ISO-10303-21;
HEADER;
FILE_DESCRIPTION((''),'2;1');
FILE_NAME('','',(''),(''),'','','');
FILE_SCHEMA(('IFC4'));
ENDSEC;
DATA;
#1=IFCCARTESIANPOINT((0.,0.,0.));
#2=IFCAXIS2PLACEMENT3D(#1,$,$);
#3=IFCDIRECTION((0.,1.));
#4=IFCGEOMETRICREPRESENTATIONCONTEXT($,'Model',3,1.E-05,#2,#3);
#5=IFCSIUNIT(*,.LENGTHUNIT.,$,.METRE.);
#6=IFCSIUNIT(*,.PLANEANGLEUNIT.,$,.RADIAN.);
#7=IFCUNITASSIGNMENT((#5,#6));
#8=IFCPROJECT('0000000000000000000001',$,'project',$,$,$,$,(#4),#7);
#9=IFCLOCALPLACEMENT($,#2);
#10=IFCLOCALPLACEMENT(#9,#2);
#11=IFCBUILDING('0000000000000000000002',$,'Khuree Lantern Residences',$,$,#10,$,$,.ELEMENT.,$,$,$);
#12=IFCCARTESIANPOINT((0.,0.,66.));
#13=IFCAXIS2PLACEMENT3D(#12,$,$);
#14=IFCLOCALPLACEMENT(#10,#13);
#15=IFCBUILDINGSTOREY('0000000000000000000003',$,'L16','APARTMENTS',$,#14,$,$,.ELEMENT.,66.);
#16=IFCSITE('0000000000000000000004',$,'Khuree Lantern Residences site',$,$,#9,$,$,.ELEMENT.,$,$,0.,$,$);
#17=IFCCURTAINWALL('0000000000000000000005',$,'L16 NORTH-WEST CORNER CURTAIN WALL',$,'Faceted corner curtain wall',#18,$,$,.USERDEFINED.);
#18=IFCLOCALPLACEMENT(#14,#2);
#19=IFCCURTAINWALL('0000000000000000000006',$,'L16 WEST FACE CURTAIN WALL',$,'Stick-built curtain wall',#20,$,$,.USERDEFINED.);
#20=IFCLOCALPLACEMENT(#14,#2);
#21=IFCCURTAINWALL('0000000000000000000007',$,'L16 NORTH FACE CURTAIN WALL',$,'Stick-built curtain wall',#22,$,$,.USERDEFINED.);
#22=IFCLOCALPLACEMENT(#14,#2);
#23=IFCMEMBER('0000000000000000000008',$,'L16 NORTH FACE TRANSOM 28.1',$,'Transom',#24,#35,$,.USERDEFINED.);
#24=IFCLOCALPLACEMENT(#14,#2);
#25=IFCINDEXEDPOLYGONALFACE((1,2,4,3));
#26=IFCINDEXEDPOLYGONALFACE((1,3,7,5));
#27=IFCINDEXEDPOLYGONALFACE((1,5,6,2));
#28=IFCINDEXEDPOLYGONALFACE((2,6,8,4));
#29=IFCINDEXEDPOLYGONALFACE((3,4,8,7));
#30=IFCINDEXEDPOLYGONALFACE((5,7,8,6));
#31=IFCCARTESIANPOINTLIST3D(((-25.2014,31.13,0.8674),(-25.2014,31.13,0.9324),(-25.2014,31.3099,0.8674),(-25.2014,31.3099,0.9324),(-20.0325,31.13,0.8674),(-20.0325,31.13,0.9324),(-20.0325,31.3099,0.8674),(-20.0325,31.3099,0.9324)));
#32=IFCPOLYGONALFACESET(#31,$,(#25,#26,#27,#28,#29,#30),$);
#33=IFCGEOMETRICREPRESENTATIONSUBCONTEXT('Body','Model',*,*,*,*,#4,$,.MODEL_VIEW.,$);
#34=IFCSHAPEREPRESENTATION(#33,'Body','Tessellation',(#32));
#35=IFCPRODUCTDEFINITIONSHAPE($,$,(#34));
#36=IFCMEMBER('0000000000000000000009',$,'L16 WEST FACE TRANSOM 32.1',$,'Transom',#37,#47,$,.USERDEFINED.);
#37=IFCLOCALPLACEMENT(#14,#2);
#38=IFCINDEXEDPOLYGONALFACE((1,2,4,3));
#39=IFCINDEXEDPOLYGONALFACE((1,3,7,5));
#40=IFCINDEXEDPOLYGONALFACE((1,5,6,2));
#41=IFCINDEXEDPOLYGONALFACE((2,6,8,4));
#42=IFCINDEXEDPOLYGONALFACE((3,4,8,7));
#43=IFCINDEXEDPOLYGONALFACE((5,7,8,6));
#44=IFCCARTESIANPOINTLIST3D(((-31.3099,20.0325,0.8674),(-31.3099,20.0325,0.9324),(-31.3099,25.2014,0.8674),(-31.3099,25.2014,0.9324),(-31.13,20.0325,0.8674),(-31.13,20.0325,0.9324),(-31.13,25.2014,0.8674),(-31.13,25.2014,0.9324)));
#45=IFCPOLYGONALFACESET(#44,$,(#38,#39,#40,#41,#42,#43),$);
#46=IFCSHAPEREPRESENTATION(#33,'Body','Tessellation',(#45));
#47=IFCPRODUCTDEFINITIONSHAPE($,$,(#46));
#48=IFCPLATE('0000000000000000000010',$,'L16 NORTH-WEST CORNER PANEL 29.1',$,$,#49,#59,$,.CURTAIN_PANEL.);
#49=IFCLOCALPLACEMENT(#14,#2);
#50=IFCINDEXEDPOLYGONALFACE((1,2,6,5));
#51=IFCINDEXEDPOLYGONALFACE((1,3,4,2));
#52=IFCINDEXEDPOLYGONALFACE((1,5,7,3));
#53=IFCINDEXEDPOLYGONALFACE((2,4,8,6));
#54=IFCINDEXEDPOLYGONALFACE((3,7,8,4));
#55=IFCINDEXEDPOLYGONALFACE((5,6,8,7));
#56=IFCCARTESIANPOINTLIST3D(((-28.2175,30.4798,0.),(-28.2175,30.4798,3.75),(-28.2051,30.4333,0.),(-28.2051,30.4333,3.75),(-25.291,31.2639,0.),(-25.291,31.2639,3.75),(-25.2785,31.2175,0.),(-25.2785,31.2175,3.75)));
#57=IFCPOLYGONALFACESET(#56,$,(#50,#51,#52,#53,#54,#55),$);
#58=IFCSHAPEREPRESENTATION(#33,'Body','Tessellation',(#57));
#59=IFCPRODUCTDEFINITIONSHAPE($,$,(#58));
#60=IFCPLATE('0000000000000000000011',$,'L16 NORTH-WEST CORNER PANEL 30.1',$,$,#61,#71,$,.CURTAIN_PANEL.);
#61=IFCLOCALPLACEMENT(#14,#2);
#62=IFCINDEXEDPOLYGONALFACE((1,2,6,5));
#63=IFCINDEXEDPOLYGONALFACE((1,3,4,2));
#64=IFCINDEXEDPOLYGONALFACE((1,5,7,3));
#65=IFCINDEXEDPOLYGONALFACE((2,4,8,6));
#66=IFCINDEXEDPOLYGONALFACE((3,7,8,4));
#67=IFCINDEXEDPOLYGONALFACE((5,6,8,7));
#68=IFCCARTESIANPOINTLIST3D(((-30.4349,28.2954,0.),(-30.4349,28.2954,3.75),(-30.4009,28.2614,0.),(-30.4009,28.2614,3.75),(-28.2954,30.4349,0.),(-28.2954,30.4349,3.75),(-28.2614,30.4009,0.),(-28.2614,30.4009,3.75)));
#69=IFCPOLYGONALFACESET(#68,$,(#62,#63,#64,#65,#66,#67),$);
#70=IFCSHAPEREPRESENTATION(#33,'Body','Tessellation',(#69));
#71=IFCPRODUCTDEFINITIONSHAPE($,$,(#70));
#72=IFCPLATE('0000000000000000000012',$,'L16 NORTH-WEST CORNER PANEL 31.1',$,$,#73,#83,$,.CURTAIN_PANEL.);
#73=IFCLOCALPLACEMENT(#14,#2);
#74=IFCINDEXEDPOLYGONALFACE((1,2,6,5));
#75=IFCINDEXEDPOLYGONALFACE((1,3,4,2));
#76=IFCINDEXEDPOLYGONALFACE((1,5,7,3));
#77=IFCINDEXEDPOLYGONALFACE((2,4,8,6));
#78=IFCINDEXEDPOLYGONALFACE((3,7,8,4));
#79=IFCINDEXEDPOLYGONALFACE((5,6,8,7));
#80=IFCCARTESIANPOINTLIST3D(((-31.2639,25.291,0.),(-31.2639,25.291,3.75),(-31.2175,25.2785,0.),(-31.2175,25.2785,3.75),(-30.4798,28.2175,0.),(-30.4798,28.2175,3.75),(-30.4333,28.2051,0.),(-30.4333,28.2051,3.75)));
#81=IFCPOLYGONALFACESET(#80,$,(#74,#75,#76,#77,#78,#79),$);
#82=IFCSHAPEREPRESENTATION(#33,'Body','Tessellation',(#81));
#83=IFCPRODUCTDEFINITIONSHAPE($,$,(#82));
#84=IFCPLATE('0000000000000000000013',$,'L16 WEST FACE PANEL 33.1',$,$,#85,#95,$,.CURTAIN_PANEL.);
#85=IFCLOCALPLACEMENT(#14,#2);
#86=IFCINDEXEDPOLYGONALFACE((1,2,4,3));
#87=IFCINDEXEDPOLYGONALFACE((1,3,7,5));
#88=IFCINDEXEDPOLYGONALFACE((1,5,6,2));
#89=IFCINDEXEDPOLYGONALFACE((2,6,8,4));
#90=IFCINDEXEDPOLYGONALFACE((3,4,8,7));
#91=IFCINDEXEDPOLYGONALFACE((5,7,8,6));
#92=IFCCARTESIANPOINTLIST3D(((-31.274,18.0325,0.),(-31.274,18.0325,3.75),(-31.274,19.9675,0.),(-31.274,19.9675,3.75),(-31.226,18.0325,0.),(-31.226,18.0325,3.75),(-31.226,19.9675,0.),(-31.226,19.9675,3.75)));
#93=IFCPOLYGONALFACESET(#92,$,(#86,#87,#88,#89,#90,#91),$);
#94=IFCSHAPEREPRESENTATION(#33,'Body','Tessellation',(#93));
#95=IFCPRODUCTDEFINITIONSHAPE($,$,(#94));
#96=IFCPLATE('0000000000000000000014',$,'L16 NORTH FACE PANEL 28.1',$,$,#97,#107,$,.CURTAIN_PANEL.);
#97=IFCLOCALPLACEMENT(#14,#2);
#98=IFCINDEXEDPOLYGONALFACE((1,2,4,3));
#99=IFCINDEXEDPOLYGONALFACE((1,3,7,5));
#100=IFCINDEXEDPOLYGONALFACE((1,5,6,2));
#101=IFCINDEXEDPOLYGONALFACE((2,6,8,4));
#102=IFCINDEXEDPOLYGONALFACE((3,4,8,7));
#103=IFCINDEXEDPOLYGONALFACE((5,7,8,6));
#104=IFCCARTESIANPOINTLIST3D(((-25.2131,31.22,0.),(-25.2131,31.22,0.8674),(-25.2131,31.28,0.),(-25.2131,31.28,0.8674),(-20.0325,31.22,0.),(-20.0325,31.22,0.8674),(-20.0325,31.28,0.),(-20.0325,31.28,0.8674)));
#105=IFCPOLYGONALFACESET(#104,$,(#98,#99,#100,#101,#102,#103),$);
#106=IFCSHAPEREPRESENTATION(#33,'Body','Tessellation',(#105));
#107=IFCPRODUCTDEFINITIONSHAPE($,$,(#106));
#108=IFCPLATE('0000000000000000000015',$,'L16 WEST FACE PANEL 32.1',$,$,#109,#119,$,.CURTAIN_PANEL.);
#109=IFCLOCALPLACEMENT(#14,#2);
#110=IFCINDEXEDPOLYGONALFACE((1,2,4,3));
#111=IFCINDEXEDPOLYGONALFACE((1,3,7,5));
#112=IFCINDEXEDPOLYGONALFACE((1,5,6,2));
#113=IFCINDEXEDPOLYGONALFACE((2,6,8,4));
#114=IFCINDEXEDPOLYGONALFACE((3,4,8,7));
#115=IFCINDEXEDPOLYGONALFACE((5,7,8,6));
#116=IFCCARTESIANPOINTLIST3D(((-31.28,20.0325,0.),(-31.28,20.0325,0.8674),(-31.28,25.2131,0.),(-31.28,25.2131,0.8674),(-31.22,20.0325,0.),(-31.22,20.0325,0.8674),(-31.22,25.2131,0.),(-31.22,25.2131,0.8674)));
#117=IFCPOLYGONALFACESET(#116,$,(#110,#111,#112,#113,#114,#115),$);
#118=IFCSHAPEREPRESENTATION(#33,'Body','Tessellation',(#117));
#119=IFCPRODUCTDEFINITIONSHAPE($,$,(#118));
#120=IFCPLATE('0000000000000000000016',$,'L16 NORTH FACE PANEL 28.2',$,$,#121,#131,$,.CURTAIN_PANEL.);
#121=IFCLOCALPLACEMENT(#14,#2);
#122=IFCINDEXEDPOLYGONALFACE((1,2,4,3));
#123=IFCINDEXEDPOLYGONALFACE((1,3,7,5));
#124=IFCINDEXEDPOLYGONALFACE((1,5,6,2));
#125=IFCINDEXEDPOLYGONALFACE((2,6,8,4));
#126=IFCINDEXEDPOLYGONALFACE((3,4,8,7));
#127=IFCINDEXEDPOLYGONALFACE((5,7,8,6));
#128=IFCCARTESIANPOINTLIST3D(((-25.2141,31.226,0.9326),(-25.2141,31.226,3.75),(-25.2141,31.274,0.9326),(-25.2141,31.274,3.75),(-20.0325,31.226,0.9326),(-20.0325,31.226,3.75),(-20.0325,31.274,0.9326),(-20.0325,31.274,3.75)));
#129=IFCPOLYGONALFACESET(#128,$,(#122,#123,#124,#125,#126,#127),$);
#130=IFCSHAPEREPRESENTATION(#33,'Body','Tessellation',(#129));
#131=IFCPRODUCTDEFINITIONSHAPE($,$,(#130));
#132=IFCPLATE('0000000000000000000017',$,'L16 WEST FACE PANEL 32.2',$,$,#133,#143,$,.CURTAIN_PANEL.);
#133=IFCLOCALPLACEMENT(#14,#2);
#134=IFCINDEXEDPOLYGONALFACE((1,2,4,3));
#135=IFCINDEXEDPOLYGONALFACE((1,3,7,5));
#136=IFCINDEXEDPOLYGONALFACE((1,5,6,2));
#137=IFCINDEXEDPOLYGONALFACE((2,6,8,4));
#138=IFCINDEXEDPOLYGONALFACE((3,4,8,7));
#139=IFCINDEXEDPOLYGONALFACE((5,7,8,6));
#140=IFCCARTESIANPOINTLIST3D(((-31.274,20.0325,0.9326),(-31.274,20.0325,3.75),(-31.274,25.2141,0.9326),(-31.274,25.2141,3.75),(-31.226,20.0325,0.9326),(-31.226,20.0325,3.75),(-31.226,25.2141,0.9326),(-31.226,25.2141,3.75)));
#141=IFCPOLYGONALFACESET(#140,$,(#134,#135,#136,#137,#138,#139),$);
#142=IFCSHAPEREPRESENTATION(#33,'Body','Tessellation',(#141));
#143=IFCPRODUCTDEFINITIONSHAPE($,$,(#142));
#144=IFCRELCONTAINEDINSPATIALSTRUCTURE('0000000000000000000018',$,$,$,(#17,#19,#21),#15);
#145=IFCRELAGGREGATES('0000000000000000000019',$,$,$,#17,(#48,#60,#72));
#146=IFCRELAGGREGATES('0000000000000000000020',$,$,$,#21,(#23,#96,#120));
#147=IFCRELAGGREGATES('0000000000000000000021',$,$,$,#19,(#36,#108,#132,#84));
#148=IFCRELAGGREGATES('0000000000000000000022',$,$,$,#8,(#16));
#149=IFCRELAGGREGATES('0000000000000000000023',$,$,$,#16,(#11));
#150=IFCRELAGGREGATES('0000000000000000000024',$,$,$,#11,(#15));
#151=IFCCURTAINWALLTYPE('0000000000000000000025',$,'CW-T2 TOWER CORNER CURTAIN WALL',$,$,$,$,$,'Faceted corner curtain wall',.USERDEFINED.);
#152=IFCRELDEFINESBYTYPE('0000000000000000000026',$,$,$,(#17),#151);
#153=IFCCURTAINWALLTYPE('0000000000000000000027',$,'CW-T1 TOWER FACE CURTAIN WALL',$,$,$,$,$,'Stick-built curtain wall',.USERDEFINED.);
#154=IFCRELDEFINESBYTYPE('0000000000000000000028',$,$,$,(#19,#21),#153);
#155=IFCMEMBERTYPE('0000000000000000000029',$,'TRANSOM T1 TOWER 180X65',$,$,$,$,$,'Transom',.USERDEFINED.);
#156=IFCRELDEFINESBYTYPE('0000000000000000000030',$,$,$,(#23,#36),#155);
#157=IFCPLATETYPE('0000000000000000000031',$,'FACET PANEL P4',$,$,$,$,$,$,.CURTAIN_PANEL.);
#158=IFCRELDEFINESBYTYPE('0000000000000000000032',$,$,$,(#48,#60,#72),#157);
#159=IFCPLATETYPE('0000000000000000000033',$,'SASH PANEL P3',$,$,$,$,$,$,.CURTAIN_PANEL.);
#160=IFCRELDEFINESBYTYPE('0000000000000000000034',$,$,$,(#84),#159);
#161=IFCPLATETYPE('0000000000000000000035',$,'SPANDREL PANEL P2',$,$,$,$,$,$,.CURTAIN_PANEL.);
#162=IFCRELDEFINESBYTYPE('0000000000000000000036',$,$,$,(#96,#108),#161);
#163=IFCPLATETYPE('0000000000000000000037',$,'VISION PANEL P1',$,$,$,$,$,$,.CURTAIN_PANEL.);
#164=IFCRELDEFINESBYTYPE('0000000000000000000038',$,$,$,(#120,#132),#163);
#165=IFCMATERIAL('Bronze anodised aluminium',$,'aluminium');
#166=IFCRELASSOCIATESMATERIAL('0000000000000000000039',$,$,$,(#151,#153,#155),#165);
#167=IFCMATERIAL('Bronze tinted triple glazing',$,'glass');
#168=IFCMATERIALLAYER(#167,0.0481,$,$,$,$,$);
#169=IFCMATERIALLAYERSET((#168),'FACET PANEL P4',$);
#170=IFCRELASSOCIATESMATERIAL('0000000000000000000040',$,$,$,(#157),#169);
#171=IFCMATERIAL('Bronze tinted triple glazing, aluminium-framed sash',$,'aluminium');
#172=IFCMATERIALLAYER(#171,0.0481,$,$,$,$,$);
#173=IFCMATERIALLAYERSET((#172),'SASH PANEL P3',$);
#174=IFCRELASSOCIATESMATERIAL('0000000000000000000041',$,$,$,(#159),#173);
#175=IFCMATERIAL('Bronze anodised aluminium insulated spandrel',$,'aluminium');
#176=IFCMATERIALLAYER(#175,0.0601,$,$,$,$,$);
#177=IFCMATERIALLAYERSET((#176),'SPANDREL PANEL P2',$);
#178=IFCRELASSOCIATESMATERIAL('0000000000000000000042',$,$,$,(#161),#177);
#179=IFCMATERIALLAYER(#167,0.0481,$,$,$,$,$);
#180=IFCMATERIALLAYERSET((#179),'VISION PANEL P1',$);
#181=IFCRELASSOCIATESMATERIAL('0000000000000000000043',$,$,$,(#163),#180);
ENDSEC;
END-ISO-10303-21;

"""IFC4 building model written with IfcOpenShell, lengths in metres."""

from ifc_helpers import new_model, si_unit, direction, frame, origin, origin_2d, place, context, subcontext, project, spatial, rectangle, extrude, material, layer, layer_set, material_profile, profile_set, type_object, element, aggregate, save


model = new_model("IFC4")

# Units and contexts
model_context = context("Model", 3, precision=1e-05, world=origin(), true_north=direction((0.0, 1.0)))
body_context = subcontext(model_context, "Body", "Model", "MODEL_VIEW")
ifc_project = project(units=[si_unit("LENGTHUNIT", "METRE"), si_unit("PLANEANGLEUNIT", "RADIAN")], contexts=[model_context])

# Site, building, storey
site_placement = place(None, origin())
site = spatial("IfcSite", under=ifc_project, at=site_placement, Name="Khuree Lantern Residences site", CompositionType="ELEMENT", RefElevation=0.0)
building_placement = place(site_placement, origin())
building = spatial("IfcBuilding", under=site, at=building_placement, Name="Khuree Lantern Residences", CompositionType="ELEMENT")
storey_placement = place(building_placement, frame((0.0, 0.0, 66.0)))
storey = spatial("IfcBuildingStorey", under=building, at=storey_placement, Name="L16", Description="APARTMENTS", CompositionType="ELEMENT", Elevation=66.0)

# Curtain walls
ifc_material_1 = material(Name="Bronze anodised aluminium", Category="aluminium")
curtain_wall_type_1 = type_object("IfcCurtainWallType", Name="CW-T2 TOWER CORNER CURTAIN WALL", ElementType="Faceted corner curtain wall", PredefinedType="USERDEFINED", material=ifc_material_1)
curtain_wall_1_placement = place(storey_placement, origin())
curtain_wall_1 = element("IfcCurtainWall", 1, at=curtain_wall_1_placement, inside=storey, type_object=curtain_wall_type_1, Name="L16 NORTH-WEST CORNER CURTAIN WALL", ObjectType="Faceted corner curtain wall", PredefinedType="USERDEFINED")
curtain_wall_type_2 = type_object("IfcCurtainWallType", Name="CW-T1 TOWER FACE CURTAIN WALL", ElementType="Stick-built curtain wall", PredefinedType="USERDEFINED", material=ifc_material_1)
curtain_wall_2_placement = place(storey_placement, origin())
curtain_wall_2 = element("IfcCurtainWall", 2, at=curtain_wall_2_placement, inside=storey, type_object=curtain_wall_type_2, Name="L16 WEST FACE CURTAIN WALL", ObjectType="Stick-built curtain wall", PredefinedType="USERDEFINED")

# Curtain wall, member
curtain_wall_3_placement = place(storey_placement, origin())
curtain_wall_3 = element("IfcCurtainWall", 3, at=curtain_wall_3_placement, inside=storey, type_object=curtain_wall_type_2, Name="L16 NORTH FACE CURTAIN WALL", ObjectType="Stick-built curtain wall", PredefinedType="USERDEFINED")
ifc_material_profile_1 = material_profile(ifc_material_1, rectangle(XDim=0.1799, YDim=0.0649, at=origin_2d()), Name="T1 180X65")
ifc_profile_set_1 = profile_set([ifc_material_profile_1], Name="Bronze anodised aluminium")
member_type_1 = type_object("IfcMemberType", Name="TRANSOM T1 TOWER 180X65", ElementType="Transom", PredefinedType="USERDEFINED", material=ifc_profile_set_1)
member_1_placement = place(storey_placement, frame((-20.0325, 31.22, 0.8999), z_axis=(-1.0, 0.0, 0.0), x_axis=(0.0, -1.0, 0.0)))
member_1 = element("IfcMember", 4, at=member_1_placement, type_object=member_type_1, Name="L16 NORTH FACE TRANSOM 28.1", ObjectType="Transom", PredefinedType="USERDEFINED", context=body_context, shape_type="SweptSolid", body=[
    extrude(rectangle(XDim=0.1799, YDim=0.0649, at=origin_2d()), origin(), (0.0, 0.0, 1.0), 5.1689),
])

# Member
member_2_placement = place(storey_placement, frame((-31.22, 25.2014, 0.8999), z_axis=(0.0, -1.0, 0.0), x_axis=(1.0, 0.0, 0.0)))
member_2 = element("IfcMember", 5, at=member_2_placement, type_object=member_type_1, Name="L16 WEST FACE TRANSOM 32.1", ObjectType="Transom", PredefinedType="USERDEFINED", context=body_context, shape_type="SweptSolid", body=[
    extrude(rectangle(XDim=0.1799, YDim=0.0649, at=origin_2d()), origin(), (0.0, 0.0, 1.0), 5.1689),
])

# Plates
ifc_material_2 = material(Name="Bronze tinted triple glazing", Category="glass")
ifc_layer_1 = layer(ifc_material_2, 0.0481)
ifc_layer_set_1 = layer_set([ifc_layer_1], Name="FACET PANEL P4")
plate_type_1 = type_object("IfcPlateType", Name="FACET PANEL P4", PredefinedType="CURTAIN_PANEL", material=ifc_layer_set_1)
plate_1_placement = place(storey_placement, frame((-26.748, 30.8486, 0.0), z_axis=(0.0, 0.0, 1.0), x_axis=(-0.965926, -0.258819, 0.0)))
plate_1 = element("IfcPlate", 6, at=plate_1_placement, type_object=plate_type_1, Name="L16 NORTH-WEST CORNER PANEL 29.1", PredefinedType="CURTAIN_PANEL", context=body_context, shape_type="SweptSolid", body=[
    extrude(rectangle(XDim=3.0298, YDim=0.0481, at=origin_2d()), origin(), (0.0, 0.0, 1.0), 3.75),
])
plate_2_placement = place(storey_placement, frame((-29.3481, 29.3481, 0.0), z_axis=(0.0, 0.0, 1.0), x_axis=(-0.707107, -0.707107, 0.0)))
plate_2 = element("IfcPlate", 7, at=plate_2_placement, type_object=plate_type_1, Name="L16 NORTH-WEST CORNER PANEL 30.1", PredefinedType="CURTAIN_PANEL", context=body_context, shape_type="SweptSolid", body=[
    extrude(rectangle(XDim=3.0256, YDim=0.0481, at=origin_2d()), origin(), (0.0, 0.0, 1.0), 3.75),
])
plate_3_placement = place(storey_placement, frame((-30.8486, 26.748, 0.0), z_axis=(0.0, 0.0, 1.0), x_axis=(-0.258819, -0.965926, 0.0)))
plate_3 = element("IfcPlate", 8, at=plate_3_placement, type_object=plate_type_1, Name="L16 NORTH-WEST CORNER PANEL 31.1", PredefinedType="CURTAIN_PANEL", context=body_context, shape_type="SweptSolid", body=[
    extrude(rectangle(XDim=3.0298, YDim=0.0481, at=origin_2d()), origin(), (0.0, 0.0, 1.0), 3.75),
])
aggregate(curtain_wall_1, [plate_1, plate_2, plate_3])
ifc_material_3 = material(Name="Bronze tinted triple glazing, aluminium-framed sash", Category="aluminium")
ifc_layer_2 = layer(ifc_material_3, 0.0481)
ifc_layer_set_2 = layer_set([ifc_layer_2], Name="SASH PANEL P3")
plate_type_2 = type_object("IfcPlateType", Name="SASH PANEL P3", PredefinedType="CURTAIN_PANEL", material=ifc_layer_set_2)
plate_4_placement = place(storey_placement, frame((-31.25, 19.0, 0.0), z_axis=(0.0, 0.0, 1.0), x_axis=(0.0, -1.0, 0.0)))
plate_4 = element("IfcPlate", 9, at=plate_4_placement, type_object=plate_type_2, Name="L16 WEST FACE PANEL 33.1", PredefinedType="CURTAIN_PANEL", context=body_context, shape_type="SweptSolid", body=[
    extrude(rectangle(XDim=1.9351, YDim=0.0481, at=origin_2d()), origin(), (0.0, 0.0, 1.0), 3.75),
])
ifc_material_4 = material(Name="Bronze anodised aluminium insulated spandrel", Category="aluminium")
ifc_layer_3 = layer(ifc_material_4, 0.0601)
ifc_layer_set_3 = layer_set([ifc_layer_3], Name="SPANDREL PANEL P2")
plate_type_3 = type_object("IfcPlateType", Name="SPANDREL PANEL P2", PredefinedType="CURTAIN_PANEL", material=ifc_layer_set_3)
plate_5_placement = place(storey_placement, frame((-22.6228, 31.25, 0.0), z_axis=(0.0, 0.0, 1.0), x_axis=(-1.0, 0.0, 0.0)))
plate_5 = element("IfcPlate", 10, at=plate_5_placement, type_object=plate_type_3, Name="L16 NORTH FACE PANEL 28.1", PredefinedType="CURTAIN_PANEL", context=body_context, shape_type="SweptSolid", body=[
    extrude(rectangle(XDim=5.1807, YDim=0.0601, at=origin_2d()), origin(), (0.0, 0.0, 1.0), 0.8674),
])
plate_6_placement = place(storey_placement, frame((-31.25, 22.6228, 0.0), z_axis=(0.0, 0.0, 1.0), x_axis=(0.0, -1.0, 0.0)))
plate_6 = element("IfcPlate", 11, at=plate_6_placement, type_object=plate_type_3, Name="L16 WEST FACE PANEL 32.1", PredefinedType="CURTAIN_PANEL", context=body_context, shape_type="SweptSolid", body=[
    extrude(rectangle(XDim=5.1807, YDim=0.0601, at=origin_2d()), origin(), (0.0, 0.0, 1.0), 0.8674),
])
ifc_layer_4 = layer(ifc_material_2, 0.0481)
ifc_layer_set_4 = layer_set([ifc_layer_4], Name="VISION PANEL P1")
plate_type_4 = type_object("IfcPlateType", Name="VISION PANEL P1", PredefinedType="CURTAIN_PANEL", material=ifc_layer_set_4)
plate_7_placement = place(storey_placement, frame((-22.6233, 31.25, 0.9326), z_axis=(0.0, 0.0, 1.0), x_axis=(-1.0, 0.0, 0.0)))
plate_7 = element("IfcPlate", 12, at=plate_7_placement, type_object=plate_type_4, Name="L16 NORTH FACE PANEL 28.2", PredefinedType="CURTAIN_PANEL", context=body_context, shape_type="SweptSolid", body=[
    extrude(rectangle(XDim=5.1816, YDim=0.0481, at=origin_2d()), origin(), (0.0, 0.0, 1.0), 2.8174),
])
aggregate(curtain_wall_3, [member_1, plate_5, plate_7])
plate_8_placement = place(storey_placement, frame((-31.25, 22.6233, 0.9326), z_axis=(0.0, 0.0, 1.0), x_axis=(0.0, -1.0, 0.0)))
plate_8 = element("IfcPlate", 13, at=plate_8_placement, type_object=plate_type_4, Name="L16 WEST FACE PANEL 32.2", PredefinedType="CURTAIN_PANEL", context=body_context, shape_type="SweptSolid", body=[
    extrude(rectangle(XDim=5.1816, YDim=0.0481, at=origin_2d()), origin(), (0.0, 0.0, 1.0), 2.8174),
])
aggregate(curtain_wall_2, [member_2, plate_6, plate_8, plate_4])

save(model, "model.ifc")
